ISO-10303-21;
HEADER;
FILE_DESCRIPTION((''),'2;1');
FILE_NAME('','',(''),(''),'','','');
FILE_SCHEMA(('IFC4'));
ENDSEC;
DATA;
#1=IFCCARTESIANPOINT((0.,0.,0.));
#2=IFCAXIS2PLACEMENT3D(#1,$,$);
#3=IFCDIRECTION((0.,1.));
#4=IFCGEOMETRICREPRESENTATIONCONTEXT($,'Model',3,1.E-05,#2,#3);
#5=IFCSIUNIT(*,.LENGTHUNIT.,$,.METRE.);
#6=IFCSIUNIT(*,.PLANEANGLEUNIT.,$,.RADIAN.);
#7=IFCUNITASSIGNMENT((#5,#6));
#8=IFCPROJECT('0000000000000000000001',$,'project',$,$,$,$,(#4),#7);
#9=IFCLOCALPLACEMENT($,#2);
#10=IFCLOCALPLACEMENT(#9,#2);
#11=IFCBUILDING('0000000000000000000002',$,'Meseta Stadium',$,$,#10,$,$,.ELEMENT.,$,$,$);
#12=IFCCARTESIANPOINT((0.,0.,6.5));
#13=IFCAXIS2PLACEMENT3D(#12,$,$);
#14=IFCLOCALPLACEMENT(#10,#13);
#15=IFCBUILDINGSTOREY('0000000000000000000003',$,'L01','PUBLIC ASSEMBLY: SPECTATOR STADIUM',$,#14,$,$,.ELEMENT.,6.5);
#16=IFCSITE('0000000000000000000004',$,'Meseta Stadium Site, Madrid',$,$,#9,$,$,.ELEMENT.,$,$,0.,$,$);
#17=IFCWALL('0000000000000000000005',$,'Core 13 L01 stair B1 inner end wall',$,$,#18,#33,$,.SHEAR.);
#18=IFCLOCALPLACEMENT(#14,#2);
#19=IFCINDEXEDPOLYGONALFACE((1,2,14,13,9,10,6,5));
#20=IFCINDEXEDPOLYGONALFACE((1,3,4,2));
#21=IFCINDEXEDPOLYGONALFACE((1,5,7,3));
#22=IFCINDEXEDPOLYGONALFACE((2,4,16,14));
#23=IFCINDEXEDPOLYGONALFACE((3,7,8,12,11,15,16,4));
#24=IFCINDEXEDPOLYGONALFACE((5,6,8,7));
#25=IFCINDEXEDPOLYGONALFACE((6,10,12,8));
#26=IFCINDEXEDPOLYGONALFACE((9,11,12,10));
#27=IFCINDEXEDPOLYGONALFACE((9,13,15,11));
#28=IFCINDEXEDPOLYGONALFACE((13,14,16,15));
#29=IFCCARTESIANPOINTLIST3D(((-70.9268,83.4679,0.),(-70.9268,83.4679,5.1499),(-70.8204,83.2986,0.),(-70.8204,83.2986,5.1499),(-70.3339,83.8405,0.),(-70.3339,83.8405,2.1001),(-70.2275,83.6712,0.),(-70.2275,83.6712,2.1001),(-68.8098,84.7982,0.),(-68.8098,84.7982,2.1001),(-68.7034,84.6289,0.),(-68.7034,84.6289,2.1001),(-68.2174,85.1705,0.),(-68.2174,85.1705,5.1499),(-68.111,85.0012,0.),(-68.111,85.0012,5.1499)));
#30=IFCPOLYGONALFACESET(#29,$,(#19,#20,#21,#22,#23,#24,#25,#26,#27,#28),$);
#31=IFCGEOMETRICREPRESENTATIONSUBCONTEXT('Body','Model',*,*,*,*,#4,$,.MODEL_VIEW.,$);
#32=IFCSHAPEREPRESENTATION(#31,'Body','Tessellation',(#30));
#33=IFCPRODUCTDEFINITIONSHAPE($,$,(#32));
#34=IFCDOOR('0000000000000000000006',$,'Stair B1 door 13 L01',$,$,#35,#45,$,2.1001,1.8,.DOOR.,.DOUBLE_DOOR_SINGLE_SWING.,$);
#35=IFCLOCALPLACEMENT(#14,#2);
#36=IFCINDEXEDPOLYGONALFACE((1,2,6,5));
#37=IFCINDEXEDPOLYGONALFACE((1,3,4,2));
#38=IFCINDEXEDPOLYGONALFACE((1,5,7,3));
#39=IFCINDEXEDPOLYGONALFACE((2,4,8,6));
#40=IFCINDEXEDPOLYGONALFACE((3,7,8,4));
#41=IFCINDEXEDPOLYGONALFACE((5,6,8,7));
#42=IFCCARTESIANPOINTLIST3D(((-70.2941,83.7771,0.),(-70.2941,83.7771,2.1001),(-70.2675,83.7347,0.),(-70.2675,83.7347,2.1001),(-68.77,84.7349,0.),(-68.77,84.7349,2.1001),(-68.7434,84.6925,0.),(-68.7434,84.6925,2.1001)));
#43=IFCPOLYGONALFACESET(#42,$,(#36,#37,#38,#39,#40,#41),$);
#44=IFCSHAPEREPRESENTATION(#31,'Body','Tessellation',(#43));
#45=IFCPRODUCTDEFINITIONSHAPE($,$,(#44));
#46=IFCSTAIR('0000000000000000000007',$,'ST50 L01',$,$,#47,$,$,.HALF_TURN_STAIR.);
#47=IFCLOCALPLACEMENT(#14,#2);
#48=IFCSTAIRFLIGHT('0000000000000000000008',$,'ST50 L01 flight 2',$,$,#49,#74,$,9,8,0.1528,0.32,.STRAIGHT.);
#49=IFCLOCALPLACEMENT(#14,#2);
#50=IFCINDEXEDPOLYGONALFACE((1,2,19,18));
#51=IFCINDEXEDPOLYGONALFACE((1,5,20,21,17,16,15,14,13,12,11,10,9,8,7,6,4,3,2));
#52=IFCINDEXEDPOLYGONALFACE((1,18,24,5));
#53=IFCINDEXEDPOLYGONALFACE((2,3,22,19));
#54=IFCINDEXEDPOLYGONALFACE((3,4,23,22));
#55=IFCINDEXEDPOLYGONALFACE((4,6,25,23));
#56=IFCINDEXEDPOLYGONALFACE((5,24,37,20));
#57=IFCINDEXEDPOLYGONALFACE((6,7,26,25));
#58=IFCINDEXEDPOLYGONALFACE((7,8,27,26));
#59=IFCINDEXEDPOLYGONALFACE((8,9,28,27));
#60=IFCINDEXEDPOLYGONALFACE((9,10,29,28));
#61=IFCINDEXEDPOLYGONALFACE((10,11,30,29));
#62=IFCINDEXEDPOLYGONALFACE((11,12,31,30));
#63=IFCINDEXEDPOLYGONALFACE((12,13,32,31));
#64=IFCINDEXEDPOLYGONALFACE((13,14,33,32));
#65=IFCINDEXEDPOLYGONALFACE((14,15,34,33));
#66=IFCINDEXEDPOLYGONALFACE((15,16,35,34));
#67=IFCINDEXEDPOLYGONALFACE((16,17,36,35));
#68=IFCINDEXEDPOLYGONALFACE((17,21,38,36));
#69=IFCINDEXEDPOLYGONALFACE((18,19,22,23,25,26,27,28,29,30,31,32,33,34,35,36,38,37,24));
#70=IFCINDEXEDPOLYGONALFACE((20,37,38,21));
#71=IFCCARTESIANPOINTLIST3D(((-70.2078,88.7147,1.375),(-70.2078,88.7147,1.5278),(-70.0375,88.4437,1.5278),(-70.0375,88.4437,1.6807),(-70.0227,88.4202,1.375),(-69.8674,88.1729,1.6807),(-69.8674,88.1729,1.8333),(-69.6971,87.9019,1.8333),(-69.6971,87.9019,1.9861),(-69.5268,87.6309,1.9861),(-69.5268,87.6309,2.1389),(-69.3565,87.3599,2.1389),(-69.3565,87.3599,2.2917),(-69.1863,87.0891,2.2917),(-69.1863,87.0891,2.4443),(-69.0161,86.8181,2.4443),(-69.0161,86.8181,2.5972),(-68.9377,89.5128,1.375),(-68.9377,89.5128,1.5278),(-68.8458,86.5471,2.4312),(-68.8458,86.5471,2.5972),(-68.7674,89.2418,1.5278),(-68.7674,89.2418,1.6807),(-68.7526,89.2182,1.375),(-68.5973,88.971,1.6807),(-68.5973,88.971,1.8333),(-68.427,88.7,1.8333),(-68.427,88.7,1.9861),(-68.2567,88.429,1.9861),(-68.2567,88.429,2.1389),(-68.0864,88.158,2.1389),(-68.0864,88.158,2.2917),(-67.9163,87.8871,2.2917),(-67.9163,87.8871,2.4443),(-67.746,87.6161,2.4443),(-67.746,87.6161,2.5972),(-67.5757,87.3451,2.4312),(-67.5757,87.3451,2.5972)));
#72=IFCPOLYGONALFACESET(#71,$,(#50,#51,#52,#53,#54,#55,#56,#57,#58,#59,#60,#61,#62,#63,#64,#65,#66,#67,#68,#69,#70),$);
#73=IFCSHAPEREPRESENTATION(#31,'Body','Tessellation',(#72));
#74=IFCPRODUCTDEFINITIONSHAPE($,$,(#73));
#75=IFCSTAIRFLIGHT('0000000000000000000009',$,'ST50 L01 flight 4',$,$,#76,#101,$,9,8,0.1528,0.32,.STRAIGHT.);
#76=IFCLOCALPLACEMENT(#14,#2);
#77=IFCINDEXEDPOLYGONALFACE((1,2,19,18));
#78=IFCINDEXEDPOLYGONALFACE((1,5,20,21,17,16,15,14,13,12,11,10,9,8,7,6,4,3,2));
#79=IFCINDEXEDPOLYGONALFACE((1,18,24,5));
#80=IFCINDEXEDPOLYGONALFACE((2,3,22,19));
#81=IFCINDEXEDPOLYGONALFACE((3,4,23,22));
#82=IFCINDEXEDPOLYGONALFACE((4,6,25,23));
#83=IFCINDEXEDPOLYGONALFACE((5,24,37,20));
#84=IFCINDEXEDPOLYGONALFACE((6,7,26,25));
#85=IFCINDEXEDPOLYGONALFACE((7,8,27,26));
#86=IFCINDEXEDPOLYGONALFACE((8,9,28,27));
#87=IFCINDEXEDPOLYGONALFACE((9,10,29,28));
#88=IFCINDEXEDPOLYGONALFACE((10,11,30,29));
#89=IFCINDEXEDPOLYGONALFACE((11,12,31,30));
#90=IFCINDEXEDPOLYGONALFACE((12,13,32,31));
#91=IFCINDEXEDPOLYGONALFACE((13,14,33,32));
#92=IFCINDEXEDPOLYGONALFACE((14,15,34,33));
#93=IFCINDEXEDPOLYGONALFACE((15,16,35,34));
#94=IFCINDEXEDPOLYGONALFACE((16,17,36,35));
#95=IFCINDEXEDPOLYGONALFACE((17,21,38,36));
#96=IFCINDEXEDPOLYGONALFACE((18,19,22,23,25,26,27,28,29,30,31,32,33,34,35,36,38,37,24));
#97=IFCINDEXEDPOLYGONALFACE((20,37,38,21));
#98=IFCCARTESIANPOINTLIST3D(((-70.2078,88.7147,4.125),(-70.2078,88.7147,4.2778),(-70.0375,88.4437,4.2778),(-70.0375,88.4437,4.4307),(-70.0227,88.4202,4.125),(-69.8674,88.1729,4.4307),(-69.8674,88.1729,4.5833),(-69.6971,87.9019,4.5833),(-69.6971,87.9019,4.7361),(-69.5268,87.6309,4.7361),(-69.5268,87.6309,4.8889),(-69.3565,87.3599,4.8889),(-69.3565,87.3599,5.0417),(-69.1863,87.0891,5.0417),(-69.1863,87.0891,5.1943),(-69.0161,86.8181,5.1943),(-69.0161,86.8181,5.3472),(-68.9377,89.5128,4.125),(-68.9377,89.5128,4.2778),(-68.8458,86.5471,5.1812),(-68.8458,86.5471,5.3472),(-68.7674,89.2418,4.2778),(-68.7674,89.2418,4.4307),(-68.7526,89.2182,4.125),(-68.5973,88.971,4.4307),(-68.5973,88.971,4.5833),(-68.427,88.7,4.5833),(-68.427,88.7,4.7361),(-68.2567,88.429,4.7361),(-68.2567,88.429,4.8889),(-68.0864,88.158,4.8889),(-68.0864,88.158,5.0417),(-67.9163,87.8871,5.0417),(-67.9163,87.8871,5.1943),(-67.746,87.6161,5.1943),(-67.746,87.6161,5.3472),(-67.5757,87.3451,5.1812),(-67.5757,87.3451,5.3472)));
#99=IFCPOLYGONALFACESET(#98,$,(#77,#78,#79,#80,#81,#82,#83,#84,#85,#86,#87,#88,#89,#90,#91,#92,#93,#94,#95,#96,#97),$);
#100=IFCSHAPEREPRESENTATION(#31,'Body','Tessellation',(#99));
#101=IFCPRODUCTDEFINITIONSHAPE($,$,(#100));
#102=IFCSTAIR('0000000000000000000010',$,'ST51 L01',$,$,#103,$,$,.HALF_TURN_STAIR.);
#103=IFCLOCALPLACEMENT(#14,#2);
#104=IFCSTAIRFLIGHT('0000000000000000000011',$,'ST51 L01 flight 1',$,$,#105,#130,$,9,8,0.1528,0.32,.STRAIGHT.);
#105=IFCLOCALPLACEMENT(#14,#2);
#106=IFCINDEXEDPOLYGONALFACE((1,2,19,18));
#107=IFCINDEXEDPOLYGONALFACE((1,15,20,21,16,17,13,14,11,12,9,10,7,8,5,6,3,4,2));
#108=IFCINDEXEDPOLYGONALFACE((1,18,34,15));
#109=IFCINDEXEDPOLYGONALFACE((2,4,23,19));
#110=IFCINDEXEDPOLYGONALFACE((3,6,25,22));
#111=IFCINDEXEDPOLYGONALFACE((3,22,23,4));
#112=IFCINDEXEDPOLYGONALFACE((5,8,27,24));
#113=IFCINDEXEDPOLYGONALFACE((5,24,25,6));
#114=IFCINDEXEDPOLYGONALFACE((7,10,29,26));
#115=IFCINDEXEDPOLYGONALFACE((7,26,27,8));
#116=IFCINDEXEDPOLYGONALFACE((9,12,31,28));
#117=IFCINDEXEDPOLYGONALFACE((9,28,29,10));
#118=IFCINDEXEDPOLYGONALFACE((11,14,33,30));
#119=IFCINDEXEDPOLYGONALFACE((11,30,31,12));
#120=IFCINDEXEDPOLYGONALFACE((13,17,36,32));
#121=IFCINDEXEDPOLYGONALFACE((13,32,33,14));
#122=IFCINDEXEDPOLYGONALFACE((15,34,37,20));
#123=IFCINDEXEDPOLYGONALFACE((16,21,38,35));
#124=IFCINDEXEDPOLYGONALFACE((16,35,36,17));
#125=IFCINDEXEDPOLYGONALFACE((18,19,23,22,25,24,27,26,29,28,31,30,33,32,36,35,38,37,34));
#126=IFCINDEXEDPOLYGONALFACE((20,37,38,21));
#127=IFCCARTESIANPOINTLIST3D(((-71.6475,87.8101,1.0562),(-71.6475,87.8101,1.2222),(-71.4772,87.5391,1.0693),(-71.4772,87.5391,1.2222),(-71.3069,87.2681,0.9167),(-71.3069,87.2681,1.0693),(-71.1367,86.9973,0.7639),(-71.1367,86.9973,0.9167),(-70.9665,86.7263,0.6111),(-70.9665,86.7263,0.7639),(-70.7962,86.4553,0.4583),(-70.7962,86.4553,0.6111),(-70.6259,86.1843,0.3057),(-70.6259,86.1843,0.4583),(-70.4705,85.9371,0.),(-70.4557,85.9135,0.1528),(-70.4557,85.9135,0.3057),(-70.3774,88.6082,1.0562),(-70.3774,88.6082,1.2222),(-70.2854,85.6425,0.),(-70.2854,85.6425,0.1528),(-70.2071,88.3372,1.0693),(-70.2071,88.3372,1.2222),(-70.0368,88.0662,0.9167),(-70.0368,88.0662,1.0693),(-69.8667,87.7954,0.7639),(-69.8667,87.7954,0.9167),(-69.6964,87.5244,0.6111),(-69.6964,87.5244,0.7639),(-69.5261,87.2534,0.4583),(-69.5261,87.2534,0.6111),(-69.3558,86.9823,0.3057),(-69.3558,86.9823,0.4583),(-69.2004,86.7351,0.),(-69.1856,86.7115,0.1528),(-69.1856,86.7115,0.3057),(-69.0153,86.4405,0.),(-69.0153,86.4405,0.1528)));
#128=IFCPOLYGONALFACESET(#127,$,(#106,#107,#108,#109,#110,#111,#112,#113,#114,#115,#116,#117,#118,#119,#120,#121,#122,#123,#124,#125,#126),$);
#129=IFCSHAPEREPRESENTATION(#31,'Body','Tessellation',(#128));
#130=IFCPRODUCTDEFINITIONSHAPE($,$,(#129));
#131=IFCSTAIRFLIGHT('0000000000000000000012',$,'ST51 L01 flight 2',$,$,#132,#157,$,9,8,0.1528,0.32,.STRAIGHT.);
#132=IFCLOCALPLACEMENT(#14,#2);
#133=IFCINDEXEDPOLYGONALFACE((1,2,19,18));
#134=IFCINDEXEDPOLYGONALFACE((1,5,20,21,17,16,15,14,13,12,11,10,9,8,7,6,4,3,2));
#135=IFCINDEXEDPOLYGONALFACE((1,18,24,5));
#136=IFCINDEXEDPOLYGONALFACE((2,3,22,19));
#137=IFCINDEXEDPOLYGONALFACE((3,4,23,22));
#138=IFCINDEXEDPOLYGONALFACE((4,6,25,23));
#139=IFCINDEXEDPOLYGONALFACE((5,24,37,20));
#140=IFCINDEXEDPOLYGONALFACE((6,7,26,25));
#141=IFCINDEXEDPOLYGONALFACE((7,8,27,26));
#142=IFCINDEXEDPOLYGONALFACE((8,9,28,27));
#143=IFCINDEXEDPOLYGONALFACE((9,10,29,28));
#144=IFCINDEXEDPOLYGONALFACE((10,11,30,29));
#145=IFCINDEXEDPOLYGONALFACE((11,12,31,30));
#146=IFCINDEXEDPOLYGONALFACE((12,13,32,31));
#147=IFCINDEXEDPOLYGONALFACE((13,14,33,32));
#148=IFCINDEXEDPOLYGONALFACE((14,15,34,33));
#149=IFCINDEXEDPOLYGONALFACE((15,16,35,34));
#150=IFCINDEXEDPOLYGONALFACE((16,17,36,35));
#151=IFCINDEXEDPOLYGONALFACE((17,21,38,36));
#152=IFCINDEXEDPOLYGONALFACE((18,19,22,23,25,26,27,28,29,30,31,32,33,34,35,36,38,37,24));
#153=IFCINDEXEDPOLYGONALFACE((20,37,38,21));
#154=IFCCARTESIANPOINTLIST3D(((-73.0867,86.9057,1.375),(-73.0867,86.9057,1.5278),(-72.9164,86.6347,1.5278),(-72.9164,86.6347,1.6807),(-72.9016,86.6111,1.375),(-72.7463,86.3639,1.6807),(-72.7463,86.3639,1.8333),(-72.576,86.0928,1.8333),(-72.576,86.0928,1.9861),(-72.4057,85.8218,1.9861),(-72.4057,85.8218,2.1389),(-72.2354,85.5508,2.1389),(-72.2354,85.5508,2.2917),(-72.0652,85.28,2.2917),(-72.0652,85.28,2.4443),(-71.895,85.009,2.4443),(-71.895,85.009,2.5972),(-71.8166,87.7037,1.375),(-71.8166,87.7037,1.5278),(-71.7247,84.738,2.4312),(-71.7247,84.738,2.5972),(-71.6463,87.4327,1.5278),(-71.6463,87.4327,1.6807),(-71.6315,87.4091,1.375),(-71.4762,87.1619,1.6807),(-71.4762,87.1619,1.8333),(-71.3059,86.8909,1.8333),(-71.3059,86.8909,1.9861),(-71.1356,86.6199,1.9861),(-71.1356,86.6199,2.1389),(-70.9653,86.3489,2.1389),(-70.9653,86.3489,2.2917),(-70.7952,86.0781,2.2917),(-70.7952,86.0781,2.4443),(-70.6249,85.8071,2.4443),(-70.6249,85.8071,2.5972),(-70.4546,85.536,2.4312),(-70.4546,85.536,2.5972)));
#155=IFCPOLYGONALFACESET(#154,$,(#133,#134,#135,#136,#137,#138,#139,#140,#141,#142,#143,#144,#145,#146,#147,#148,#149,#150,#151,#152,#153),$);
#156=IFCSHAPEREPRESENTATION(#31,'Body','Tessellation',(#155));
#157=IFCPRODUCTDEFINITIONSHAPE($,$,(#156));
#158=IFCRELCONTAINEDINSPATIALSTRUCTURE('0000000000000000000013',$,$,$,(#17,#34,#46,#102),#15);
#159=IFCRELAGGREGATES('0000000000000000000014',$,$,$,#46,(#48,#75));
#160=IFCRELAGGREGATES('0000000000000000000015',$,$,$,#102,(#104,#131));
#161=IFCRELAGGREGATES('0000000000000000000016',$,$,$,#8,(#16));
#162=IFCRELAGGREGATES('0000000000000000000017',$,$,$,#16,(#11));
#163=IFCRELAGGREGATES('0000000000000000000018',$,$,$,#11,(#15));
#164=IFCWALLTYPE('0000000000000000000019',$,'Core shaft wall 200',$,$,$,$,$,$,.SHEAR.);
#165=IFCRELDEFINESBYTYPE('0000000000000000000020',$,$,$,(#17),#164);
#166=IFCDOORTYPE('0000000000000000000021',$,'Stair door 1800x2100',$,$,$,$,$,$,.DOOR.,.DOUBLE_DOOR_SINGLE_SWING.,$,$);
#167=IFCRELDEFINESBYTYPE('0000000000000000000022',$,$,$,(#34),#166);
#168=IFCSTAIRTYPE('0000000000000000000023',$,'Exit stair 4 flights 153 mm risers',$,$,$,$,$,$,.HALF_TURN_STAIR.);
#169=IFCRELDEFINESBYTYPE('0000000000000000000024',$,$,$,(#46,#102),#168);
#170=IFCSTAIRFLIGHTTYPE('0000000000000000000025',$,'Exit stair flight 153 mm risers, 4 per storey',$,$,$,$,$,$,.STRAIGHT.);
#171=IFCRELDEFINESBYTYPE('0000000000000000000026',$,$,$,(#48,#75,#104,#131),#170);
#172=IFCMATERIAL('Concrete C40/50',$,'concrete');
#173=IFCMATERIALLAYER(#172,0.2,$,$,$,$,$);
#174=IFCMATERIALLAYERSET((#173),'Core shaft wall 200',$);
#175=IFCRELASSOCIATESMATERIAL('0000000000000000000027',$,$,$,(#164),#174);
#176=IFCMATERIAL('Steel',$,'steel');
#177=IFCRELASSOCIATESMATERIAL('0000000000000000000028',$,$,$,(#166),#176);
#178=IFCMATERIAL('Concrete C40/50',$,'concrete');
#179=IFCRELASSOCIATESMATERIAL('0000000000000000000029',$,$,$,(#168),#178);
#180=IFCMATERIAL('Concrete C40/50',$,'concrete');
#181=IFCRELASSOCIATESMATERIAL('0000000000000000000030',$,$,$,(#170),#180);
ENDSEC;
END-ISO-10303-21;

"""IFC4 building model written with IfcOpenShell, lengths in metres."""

from ifc_helpers import new_model, si_unit, direction, frame, frame_2d, origin, place, context, subcontext, project, spatial, polyline, rectangle, outline, extrude, material, layer, layer_set, type_object, element, fill, aggregate, save


model = new_model("IFC4")

# Units and contexts
model_context = context("Model", 3, precision=1e-05, world=origin(), true_north=direction((0.0, 1.0)))
body_context = subcontext(model_context, "Body", "Model", "MODEL_VIEW")
ifc_project = project(units=[si_unit("LENGTHUNIT", "METRE"), si_unit("PLANEANGLEUNIT", "RADIAN")], contexts=[model_context])

# Site, building, storey
site_placement = place(None, origin())
site = spatial("IfcSite", under=ifc_project, at=site_placement, Name="Meseta Stadium Site, Madrid", CompositionType="ELEMENT", RefElevation=0.0)
building_placement = place(site_placement, origin())
building = spatial("IfcBuilding", under=site, at=building_placement, Name="Meseta Stadium", CompositionType="ELEMENT")
storey_placement = place(building_placement, frame((0.0, 0.0, 6.5)))
storey = spatial("IfcBuildingStorey", under=building, at=storey_placement, Name="L01", Description="PUBLIC ASSEMBLY: SPECTATOR STADIUM", CompositionType="ELEMENT", Elevation=6.5)

# Wall, opening, door
ifc_material_1 = material(Name="Concrete C40/50", Category="concrete")
ifc_layer = layer(ifc_material_1, 0.2)
ifc_layer_set = layer_set([ifc_layer], Name="Core shaft wall 200")
wall_type = type_object("IfcWallType", Name="Core shaft wall 200", PredefinedType="SHEAR", material=ifc_layer_set)
wall_placement = place(storey_placement, frame((-68.1641, 85.0859, 0.0), z_axis=(0.0, 0.0, 1.0), x_axis=(-0.846701, -0.532068, 0.0)))
wall = element("IfcWall", 1, at=wall_placement, inside=storey, type_object=wall_type, Name="Core 13 L01 stair B1 inner end wall", PredefinedType="SHEAR", context=body_context, shape_type="SweptSolid", body=[
    extrude(rectangle(XDim=3.2, YDim=0.2, at=frame_2d((1.6001, 0.0))), origin(), (0.0, 0.0, 1.0), 5.1499),
])
opening_placement = place(wall_placement, frame((0.7, 0.0, 0.0)))
opening = element("IfcOpeningElement", 2, at=opening_placement, cuts=wall, PredefinedType="OPENING", context=body_context, shape_type="SweptSolid", body=[
    extrude(rectangle(XDim=1.8, YDim=2.1001, at=frame_2d((0.8999, 1.05))), frame((0.0, 0.1099, 0.0), z_axis=(0.0, -1.0, 0.0), x_axis=(1.0, 0.0, 0.0)), (0.0, 0.0, 1.0), 0.22),
])
ifc_material_2 = material(Name="Steel", Category="steel")
door_type = type_object("IfcDoorType", Name="Stair door 1800x2100", OperationType="DOUBLE_DOOR_SINGLE_SWING", PredefinedType="DOOR", material=ifc_material_2)
door_placement = place(opening_placement, origin())
door = element("IfcDoor", 3, at=door_placement, inside=storey, type_object=door_type, Name="Stair B1 door 13 L01", OperationType="DOUBLE_DOOR_SINGLE_SWING", OverallHeight=2.1001, OverallWidth=1.8, PredefinedType="DOOR", context=body_context, shape_type="SweptSolid", body=[
    extrude(rectangle(XDim=1.8, YDim=2.1001, at=frame_2d((0.8999, 1.05))), frame((0.0, 0.0249, 0.0), z_axis=(0.0, -1.0, 0.0), x_axis=(1.0, 0.0, 0.0)), (0.0, 0.0, 1.0), 0.05),
])
fill(opening, door)

# Stairs, stair flights
ifc_material_3 = material(Name="Concrete C40/50", Category="concrete")
stair_type = type_object("IfcStairType", Name="Exit stair 4 flights 153 mm risers", PredefinedType="HALF_TURN_STAIR", material=ifc_material_3)
stair_1_placement = place(storey_placement, origin())
stair_1 = element("IfcStair", 4, at=stair_1_placement, inside=storey, type_object=stair_type, Name="ST50 L01", PredefinedType="HALF_TURN_STAIR")
ifc_material_4 = material(Name="Concrete C40/50", Category="concrete")
stair_flight_type = type_object("IfcStairFlightType", Name="Exit stair flight 153 mm risers, 4 per storey", PredefinedType="STRAIGHT", material=ifc_material_4)
stair_flight_1_placement = place(storey_placement, frame((-69.5728, 89.1138, 1.375), z_axis=(0.0, 0.0, 1.0), x_axis=(0.532032, -0.846724, 0.0)))
stair_flight_1 = element("IfcStairFlight", 5, at=stair_flight_1_placement, type_object=stair_flight_type, Name="ST50 L01 flight 2", NumberOfRisers=9, NumberOfTreads=8, PredefinedType="STRAIGHT", RiserHeight=0.1528, TreadLength=0.32, context=body_context, shape_type="SweptSolid", body=[
    extrude(outline(polyline([(0.0, 0.0), (0.0, 0.1528), (0.3201, 0.1528), (0.3201, 0.3057), (0.6399, 0.3057), (0.6399, 0.4583), (0.96, 0.4583), (0.96, 0.6111), (1.28, 0.6111), (1.28, 0.7639), (1.6001, 0.7639), (1.6001, 0.9167), (1.9199, 0.9167), (1.9199, 1.0693), (2.24, 1.0693), (2.24, 1.2222), (2.5601, 1.2222), (2.5601, 1.0562), (0.3479, 0.0), (0.0, 0.0)])), frame((0.0, 0.75, 0.0), z_axis=(0.0, -1.0, 0.0), x_axis=(1.0, 0.0, 0.0)), (0.0, 0.0, 1.0), 1.5),
])
stair_flight_2_placement = place(storey_placement, frame((-69.5728, 89.1138, 4.125), z_axis=(0.0, 0.0, 1.0), x_axis=(0.532032, -0.846724, 0.0)))
stair_flight_2 = element("IfcStairFlight", 6, at=stair_flight_2_placement, type_object=stair_flight_type, Name="ST50 L01 flight 4", NumberOfRisers=9, NumberOfTreads=8, PredefinedType="STRAIGHT", RiserHeight=0.1528, TreadLength=0.32, context=body_context, shape_type="SweptSolid", body=[
    extrude(outline(polyline([(0.0, 0.0), (0.0, 0.1528), (0.3201, 0.1528), (0.3201, 0.3057), (0.6399, 0.3057), (0.6399, 0.4583), (0.96, 0.4583), (0.96, 0.6111), (1.28, 0.6111), (1.28, 0.7639), (1.6001, 0.7639), (1.6001, 0.9167), (1.9199, 0.9167), (1.9199, 1.0693), (2.24, 1.0693), (2.24, 1.2222), (2.5601, 1.2222), (2.5601, 1.0562), (0.3479, 0.0), (0.0, 0.0)])), frame((0.0, 0.75, 0.0), z_axis=(0.0, -1.0, 0.0), x_axis=(1.0, 0.0, 0.0)), (0.0, 0.0, 1.0), 1.5),
])
aggregate(stair_1, [stair_flight_1, stair_flight_2])
stair_2_placement = place(storey_placement, origin())
stair_2 = element("IfcStair", 7, at=stair_2_placement, inside=storey, type_object=stair_type, Name="ST51 L01", PredefinedType="HALF_TURN_STAIR")
stair_flight_3_placement = place(storey_placement, frame((-69.6504, 86.0415, 0.0), z_axis=(0.0, 0.0, 1.0), x_axis=(-0.532032, 0.846724, 0.0)))
stair_flight_3 = element("IfcStairFlight", 8, at=stair_flight_3_placement, type_object=stair_flight_type, Name="ST51 L01 flight 1", NumberOfRisers=9, NumberOfTreads=8, PredefinedType="STRAIGHT", RiserHeight=0.1528, TreadLength=0.32, context=body_context, shape_type="SweptSolid", body=[
    extrude(outline(polyline([(0.0, 0.0), (0.0, 0.1528), (0.3201, 0.1528), (0.3201, 0.3057), (0.6399, 0.3057), (0.6399, 0.4583), (0.96, 0.4583), (0.96, 0.6111), (1.28, 0.6111), (1.28, 0.7639), (1.6001, 0.7639), (1.6001, 0.9167), (1.9199, 0.9167), (1.9199, 1.0693), (2.24, 1.0693), (2.24, 1.2222), (2.5601, 1.2222), (2.5601, 1.0562), (0.3479, 0.0), (0.0, 0.0)])), frame((0.0, 0.75, 0.0), z_axis=(0.0, -1.0, 0.0), x_axis=(1.0, 0.0, 0.0)), (0.0, 0.0, 1.0), 1.5),
])
stair_flight_4_placement = place(storey_placement, frame((-72.4517, 87.3047, 1.375), z_axis=(0.0, 0.0, 1.0), x_axis=(0.532032, -0.846724, 0.0)))
stair_flight_4 = element("IfcStairFlight", 9, at=stair_flight_4_placement, type_object=stair_flight_type, Name="ST51 L01 flight 2", NumberOfRisers=9, NumberOfTreads=8, PredefinedType="STRAIGHT", RiserHeight=0.1528, TreadLength=0.32, context=body_context, shape_type="SweptSolid", body=[
    extrude(outline(polyline([(0.0, 0.0), (0.0, 0.1528), (0.3201, 0.1528), (0.3201, 0.3057), (0.6399, 0.3057), (0.6399, 0.4583), (0.96, 0.4583), (0.96, 0.6111), (1.28, 0.6111), (1.28, 0.7639), (1.6001, 0.7639), (1.6001, 0.9167), (1.9199, 0.9167), (1.9199, 1.0693), (2.24, 1.0693), (2.24, 1.2222), (2.5601, 1.2222), (2.5601, 1.0562), (0.3479, 0.0), (0.0, 0.0)])), frame((0.0, 0.75, 0.0), z_axis=(0.0, -1.0, 0.0), x_axis=(1.0, 0.0, 0.0)), (0.0, 0.0, 1.0), 1.5),
])
aggregate(stair_2, [stair_flight_3, stair_flight_4])

save(model, "model.ifc")
